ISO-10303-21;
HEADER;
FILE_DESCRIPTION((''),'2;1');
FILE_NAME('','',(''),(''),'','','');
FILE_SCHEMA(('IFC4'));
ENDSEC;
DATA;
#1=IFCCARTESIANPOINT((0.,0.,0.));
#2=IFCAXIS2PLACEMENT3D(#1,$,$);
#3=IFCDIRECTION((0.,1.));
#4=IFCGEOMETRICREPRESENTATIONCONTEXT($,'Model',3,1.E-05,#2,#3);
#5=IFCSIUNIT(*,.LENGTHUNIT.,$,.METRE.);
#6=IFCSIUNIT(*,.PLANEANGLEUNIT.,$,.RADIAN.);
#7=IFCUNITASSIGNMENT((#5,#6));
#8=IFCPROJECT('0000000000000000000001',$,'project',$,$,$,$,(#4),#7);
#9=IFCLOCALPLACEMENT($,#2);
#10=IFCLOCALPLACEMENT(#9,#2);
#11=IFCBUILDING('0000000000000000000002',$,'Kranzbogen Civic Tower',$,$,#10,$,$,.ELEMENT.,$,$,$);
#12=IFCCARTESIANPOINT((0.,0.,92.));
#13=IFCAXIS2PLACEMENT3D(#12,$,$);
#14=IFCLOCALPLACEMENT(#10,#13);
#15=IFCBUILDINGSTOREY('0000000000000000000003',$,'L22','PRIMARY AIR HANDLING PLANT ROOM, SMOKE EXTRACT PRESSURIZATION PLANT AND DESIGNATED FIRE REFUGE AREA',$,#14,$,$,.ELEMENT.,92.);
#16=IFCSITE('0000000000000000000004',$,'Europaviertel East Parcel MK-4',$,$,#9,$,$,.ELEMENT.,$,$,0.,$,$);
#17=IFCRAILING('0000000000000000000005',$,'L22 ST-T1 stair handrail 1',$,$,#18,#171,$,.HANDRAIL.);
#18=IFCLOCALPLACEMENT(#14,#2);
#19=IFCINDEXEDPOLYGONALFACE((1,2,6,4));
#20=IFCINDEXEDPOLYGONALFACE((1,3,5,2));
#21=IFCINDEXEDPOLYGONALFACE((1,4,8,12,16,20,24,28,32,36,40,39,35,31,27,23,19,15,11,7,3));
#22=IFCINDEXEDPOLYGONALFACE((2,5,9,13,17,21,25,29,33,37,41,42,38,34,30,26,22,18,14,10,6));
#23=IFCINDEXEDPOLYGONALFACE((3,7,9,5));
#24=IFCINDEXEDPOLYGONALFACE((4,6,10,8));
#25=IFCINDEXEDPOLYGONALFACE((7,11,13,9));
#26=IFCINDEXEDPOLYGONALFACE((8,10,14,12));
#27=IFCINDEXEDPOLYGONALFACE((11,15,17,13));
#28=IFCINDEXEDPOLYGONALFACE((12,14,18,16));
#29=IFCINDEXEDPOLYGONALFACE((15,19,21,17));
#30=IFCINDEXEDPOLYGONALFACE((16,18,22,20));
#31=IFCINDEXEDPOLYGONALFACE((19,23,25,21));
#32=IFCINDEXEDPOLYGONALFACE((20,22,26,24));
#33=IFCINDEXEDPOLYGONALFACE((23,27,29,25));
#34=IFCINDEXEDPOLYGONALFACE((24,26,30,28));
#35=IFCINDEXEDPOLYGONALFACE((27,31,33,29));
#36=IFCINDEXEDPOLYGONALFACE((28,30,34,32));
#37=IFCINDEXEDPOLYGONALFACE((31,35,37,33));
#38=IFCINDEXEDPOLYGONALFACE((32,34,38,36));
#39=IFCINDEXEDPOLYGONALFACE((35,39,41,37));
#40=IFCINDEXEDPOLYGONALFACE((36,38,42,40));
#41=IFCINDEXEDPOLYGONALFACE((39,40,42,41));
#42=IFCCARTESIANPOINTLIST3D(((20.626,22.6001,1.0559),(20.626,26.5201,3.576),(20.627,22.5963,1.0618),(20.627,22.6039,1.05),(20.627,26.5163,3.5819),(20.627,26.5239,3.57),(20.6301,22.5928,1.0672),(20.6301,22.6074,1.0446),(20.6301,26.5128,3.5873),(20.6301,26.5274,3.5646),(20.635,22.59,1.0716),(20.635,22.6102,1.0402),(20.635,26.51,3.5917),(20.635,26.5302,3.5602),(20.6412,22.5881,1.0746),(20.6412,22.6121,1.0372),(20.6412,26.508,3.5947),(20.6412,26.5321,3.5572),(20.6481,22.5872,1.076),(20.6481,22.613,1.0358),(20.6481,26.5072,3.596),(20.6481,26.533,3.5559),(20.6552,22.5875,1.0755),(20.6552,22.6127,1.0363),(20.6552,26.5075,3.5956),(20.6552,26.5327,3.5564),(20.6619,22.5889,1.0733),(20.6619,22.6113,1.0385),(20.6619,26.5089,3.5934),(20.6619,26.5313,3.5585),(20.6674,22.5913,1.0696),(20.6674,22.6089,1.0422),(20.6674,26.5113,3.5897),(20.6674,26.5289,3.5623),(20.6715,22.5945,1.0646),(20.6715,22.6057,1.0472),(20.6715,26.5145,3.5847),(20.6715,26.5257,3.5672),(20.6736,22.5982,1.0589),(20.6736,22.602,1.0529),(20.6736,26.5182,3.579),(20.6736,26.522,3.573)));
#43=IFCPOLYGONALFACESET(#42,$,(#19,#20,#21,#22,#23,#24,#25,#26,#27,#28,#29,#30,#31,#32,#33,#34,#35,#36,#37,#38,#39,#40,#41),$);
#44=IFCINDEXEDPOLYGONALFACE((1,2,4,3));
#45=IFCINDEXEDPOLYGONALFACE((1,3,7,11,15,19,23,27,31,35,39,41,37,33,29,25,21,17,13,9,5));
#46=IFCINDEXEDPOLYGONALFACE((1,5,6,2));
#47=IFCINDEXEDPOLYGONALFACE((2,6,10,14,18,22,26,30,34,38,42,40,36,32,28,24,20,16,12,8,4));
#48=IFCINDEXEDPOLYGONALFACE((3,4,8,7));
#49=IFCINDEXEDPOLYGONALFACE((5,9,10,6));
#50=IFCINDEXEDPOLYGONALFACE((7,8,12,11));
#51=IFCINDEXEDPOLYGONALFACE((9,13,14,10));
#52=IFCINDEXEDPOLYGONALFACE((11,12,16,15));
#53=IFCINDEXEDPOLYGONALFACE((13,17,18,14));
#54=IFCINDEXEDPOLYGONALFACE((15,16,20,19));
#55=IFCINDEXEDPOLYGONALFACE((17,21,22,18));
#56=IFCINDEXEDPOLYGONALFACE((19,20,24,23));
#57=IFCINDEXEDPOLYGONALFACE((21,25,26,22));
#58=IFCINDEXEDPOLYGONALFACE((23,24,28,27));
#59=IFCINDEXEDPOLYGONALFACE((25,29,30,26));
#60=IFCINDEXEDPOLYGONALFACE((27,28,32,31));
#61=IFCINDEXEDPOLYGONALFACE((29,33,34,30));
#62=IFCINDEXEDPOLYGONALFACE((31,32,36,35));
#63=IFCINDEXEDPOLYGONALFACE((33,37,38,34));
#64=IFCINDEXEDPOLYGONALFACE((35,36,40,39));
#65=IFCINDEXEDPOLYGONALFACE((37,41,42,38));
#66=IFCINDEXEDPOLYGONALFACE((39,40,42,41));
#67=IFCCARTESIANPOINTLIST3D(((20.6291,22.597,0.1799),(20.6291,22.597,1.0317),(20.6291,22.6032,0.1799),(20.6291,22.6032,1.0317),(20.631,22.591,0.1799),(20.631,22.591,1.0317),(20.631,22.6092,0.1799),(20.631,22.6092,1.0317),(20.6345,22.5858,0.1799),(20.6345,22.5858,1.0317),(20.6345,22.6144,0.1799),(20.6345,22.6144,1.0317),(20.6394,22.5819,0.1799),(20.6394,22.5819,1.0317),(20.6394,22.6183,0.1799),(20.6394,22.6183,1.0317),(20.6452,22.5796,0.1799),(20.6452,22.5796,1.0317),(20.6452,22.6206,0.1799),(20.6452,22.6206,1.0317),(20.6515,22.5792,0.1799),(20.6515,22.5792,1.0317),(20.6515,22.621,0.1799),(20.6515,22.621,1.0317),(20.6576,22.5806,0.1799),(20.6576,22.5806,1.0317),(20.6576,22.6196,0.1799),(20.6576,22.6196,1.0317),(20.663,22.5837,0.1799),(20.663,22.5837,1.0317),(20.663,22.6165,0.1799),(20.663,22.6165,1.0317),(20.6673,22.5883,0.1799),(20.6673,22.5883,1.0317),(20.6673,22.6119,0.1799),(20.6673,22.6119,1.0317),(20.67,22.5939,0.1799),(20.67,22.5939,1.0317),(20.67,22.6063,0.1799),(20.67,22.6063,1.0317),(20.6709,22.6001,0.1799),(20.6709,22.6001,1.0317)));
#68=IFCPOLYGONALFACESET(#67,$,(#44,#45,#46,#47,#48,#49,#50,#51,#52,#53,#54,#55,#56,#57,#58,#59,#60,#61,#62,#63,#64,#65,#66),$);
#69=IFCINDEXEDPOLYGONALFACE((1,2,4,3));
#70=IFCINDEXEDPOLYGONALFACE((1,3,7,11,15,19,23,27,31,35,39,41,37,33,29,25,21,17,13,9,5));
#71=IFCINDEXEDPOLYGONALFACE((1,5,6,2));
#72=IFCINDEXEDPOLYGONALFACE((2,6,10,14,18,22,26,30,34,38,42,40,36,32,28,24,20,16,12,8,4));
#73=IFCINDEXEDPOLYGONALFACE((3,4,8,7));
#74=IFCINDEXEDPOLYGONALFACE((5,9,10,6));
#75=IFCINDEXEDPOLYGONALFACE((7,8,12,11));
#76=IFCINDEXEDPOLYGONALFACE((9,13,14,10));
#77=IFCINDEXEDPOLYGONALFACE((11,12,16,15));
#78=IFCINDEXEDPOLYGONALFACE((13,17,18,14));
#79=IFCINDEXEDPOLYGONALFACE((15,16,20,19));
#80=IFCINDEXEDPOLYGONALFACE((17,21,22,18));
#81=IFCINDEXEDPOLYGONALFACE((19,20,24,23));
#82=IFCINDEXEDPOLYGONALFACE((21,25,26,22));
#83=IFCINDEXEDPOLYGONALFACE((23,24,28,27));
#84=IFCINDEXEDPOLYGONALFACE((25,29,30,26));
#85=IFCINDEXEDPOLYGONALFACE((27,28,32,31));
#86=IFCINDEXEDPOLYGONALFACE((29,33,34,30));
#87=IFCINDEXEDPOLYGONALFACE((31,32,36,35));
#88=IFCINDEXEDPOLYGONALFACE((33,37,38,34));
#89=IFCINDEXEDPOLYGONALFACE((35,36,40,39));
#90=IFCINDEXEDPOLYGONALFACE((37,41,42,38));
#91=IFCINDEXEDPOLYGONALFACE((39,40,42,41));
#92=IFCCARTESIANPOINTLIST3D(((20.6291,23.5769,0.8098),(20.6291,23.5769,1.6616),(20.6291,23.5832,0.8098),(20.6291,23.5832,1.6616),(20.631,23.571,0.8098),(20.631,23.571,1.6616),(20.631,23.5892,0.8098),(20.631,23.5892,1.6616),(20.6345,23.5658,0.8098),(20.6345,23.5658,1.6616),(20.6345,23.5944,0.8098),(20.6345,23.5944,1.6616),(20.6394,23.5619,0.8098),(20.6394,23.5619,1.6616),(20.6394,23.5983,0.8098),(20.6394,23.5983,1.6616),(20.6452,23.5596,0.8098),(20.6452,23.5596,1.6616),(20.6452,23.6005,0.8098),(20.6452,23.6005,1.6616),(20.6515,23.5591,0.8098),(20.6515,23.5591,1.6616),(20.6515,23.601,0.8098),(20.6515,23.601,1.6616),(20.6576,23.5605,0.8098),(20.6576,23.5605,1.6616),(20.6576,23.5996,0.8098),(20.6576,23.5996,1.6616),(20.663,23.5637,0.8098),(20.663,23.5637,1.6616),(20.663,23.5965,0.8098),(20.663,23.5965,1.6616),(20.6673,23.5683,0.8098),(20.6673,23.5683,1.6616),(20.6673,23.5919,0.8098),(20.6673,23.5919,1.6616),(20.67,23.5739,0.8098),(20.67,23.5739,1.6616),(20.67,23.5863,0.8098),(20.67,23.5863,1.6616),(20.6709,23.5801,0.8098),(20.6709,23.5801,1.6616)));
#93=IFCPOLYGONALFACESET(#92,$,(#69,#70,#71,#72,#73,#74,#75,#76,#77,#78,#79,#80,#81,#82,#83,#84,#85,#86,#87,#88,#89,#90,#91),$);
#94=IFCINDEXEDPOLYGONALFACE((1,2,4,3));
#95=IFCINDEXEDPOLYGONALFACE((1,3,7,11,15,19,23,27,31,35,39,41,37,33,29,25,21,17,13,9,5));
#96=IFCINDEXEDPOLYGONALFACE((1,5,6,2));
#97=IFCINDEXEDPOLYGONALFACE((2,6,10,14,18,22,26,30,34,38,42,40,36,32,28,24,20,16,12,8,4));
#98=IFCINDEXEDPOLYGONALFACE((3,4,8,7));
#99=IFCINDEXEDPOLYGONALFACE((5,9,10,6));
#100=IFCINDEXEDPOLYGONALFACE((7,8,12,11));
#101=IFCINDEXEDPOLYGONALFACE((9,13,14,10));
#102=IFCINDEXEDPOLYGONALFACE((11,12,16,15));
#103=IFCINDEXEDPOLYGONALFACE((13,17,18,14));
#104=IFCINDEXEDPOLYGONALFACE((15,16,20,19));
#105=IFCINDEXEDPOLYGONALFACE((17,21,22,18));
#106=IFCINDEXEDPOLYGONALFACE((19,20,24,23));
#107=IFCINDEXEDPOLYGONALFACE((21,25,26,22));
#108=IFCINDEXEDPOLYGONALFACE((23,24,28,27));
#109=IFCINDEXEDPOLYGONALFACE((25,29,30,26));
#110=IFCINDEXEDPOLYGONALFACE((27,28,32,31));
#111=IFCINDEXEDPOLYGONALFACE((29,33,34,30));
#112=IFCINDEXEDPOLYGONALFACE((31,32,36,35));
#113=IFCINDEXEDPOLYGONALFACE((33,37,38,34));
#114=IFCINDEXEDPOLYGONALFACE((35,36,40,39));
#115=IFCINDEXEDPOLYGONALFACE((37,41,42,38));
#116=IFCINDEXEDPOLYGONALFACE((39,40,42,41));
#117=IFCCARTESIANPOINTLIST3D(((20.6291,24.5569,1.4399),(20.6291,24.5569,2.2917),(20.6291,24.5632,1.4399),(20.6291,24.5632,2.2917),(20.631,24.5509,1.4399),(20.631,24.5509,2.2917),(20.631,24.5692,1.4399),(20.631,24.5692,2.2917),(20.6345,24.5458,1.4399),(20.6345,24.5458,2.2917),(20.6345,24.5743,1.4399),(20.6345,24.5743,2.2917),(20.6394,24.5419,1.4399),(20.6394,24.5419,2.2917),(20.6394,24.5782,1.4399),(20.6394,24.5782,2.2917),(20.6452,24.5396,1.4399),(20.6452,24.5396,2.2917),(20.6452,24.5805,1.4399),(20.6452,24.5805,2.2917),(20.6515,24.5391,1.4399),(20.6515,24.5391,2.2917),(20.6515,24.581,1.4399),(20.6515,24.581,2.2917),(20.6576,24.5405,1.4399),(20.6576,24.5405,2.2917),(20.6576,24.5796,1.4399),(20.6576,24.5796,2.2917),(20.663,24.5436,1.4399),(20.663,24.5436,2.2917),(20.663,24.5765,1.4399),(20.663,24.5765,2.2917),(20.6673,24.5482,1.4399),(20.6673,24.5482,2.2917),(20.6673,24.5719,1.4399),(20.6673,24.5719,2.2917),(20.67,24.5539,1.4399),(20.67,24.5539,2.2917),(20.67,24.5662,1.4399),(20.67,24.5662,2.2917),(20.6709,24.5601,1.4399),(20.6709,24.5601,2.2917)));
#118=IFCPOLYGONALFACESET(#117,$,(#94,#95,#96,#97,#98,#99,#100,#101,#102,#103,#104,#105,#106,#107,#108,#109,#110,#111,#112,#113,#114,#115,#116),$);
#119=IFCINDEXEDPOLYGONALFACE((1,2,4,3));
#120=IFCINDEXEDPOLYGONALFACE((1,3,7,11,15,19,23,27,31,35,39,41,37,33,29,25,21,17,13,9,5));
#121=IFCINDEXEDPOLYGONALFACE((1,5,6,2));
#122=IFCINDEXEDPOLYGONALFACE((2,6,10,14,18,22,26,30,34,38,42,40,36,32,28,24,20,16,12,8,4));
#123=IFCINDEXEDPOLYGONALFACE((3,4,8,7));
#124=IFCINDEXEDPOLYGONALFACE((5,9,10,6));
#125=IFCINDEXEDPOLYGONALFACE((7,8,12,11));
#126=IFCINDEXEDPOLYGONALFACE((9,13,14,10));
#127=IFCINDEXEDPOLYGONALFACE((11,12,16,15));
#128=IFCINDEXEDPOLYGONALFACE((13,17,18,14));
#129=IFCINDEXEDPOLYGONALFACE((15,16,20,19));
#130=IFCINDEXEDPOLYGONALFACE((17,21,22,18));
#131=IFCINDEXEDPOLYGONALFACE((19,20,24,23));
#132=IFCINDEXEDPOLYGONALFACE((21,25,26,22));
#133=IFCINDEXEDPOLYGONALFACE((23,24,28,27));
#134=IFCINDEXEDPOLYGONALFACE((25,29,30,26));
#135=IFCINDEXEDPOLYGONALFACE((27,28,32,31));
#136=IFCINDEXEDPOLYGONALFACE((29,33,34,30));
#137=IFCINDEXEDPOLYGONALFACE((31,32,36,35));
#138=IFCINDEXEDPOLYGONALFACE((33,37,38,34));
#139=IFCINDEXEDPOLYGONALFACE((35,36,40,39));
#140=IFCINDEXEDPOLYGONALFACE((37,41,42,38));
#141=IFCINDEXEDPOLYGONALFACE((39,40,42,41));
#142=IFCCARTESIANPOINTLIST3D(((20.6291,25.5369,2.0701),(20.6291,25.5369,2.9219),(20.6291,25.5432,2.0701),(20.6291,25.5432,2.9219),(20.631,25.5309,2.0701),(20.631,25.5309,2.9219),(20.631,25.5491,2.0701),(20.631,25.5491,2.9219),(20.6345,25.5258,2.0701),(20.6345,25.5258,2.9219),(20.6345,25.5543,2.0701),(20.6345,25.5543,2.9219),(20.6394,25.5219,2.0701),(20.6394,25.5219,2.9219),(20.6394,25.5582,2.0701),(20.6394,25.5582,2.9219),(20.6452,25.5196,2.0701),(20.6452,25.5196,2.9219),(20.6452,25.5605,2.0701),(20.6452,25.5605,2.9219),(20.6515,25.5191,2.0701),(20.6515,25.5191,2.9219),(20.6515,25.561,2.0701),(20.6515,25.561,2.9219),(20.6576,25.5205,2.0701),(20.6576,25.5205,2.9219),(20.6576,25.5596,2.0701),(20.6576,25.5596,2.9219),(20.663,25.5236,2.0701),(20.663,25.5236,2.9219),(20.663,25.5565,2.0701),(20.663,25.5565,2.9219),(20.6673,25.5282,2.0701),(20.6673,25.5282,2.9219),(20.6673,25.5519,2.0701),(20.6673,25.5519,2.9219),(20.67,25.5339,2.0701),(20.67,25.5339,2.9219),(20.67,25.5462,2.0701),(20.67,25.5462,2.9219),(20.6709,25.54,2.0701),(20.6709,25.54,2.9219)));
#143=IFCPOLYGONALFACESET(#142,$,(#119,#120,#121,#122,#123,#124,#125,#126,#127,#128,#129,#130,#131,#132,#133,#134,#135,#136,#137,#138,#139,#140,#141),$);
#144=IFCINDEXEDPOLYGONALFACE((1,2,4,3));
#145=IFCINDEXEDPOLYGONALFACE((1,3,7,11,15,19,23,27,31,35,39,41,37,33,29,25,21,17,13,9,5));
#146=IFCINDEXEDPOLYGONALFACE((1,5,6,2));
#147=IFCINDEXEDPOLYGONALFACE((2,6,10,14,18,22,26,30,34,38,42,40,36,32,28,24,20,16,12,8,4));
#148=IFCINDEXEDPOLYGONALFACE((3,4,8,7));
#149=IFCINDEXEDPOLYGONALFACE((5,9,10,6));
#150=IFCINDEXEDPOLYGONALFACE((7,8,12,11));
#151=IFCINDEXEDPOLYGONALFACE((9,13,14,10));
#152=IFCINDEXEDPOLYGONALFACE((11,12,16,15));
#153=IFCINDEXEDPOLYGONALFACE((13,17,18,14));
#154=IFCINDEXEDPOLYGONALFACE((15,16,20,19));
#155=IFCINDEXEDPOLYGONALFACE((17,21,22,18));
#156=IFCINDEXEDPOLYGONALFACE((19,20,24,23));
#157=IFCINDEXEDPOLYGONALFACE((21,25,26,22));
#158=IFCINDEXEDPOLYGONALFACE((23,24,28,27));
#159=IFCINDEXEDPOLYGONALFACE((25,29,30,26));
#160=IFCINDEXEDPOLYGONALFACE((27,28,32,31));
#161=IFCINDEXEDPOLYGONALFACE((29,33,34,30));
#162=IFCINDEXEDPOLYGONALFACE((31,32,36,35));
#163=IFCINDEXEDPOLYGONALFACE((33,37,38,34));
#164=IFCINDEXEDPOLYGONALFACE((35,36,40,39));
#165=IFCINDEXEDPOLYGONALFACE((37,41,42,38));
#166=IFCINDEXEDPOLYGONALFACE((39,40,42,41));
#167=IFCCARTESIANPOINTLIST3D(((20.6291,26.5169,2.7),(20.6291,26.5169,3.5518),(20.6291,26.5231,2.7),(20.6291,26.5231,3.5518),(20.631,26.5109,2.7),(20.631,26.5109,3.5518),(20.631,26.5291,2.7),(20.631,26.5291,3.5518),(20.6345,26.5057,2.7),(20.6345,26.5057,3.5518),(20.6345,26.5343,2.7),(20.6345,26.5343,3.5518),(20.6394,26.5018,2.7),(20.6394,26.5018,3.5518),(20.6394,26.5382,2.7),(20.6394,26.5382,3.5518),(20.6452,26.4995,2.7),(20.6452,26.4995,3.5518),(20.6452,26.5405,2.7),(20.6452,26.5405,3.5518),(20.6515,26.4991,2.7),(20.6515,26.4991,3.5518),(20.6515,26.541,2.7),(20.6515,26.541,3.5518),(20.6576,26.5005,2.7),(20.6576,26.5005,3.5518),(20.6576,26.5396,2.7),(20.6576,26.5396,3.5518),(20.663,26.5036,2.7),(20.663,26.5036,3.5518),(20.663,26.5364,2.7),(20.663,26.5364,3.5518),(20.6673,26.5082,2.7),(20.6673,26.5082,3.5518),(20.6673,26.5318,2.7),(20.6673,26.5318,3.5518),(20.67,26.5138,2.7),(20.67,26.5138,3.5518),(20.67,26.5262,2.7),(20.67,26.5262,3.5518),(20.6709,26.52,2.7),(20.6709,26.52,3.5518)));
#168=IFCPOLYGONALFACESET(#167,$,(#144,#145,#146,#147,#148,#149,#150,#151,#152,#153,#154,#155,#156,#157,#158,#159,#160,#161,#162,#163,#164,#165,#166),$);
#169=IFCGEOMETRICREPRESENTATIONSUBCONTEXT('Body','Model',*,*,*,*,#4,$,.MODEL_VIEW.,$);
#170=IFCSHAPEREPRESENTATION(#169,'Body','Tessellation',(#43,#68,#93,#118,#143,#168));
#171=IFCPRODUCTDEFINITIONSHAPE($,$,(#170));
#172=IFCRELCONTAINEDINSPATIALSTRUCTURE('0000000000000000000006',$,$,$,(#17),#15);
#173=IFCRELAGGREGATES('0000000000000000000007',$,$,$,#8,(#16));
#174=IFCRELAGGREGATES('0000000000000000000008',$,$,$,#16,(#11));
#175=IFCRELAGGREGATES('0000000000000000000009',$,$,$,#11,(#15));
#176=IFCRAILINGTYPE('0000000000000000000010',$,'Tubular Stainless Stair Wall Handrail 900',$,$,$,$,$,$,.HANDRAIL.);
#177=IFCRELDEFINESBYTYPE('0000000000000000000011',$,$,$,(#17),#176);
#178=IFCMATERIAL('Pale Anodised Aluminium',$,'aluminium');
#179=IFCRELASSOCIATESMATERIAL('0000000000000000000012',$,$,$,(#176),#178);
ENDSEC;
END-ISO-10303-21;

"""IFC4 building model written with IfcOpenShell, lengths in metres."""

from ifc_helpers import new_model, si_unit, direction, frame, origin, origin_2d, place, context, subcontext, project, spatial, circle, extrude, material, type_object, element, save


model = new_model("IFC4")

# Units and contexts
model_context = context("Model", 3, precision=1e-05, world=origin(), true_north=direction((0.0, 1.0)))
body_context = subcontext(model_context, "Body", "Model", "MODEL_VIEW")
ifc_project = project(units=[si_unit("LENGTHUNIT", "METRE"), si_unit("PLANEANGLEUNIT", "RADIAN")], contexts=[model_context])

# Site, building, storey
site_placement = place(None, origin())
site = spatial("IfcSite", under=ifc_project, at=site_placement, Name="Europaviertel East Parcel MK-4", CompositionType="ELEMENT", RefElevation=0.0)
building_placement = place(site_placement, origin())
building = spatial("IfcBuilding", under=site, at=building_placement, Name="Kranzbogen Civic Tower", CompositionType="ELEMENT")
storey_placement = place(building_placement, frame((0.0, 0.0, 92.0)))
storey = spatial("IfcBuildingStorey", under=building, at=storey_placement, Name="L22", Description="PRIMARY AIR HANDLING PLANT ROOM, SMOKE EXTRACT PRESSURIZATION PLANT AND DESIGNATED FIRE REFUGE AREA", CompositionType="ELEMENT", Elevation=92.0)

# Shared definitions
ifc_material_1 = material(Name="Pale Anodised Aluminium", Category="aluminium")

# Railing
railing_type_1 = type_object("IfcRailingType", Name="Tubular Stainless Stair Wall Handrail 900", PredefinedType="HANDRAIL", material=ifc_material_1)
railing_1_placement = place(storey_placement, frame((20.6499, 22.6001, 0.1799)))
element("IfcRailing", 1, at=railing_1_placement, inside=storey, type_object=railing_type_1, Name="L22 ST-T1 stair handrail 1", PredefinedType="HANDRAIL", context=body_context, shape_type="SweptSolid", body=[
    extrude(circle(Radius=0.0239, at=origin_2d()), frame((0.0, 0.0, 0.876), z_axis=(0.0, 0.841172, 0.540768), x_axis=(-1.0, 0.0, 0.0)), (0.0, 0.0, 1.0), 4.6602),
    extrude(circle(Radius=0.021, at=origin_2d()), origin(), (0.0, 0.0, 1.0), 0.8518),
    extrude(circle(Radius=0.021, at=origin_2d()), frame((0.0, 0.98, 0.6299)), (0.0, 0.0, 1.0), 0.8518),
    extrude(circle(Radius=0.021, at=origin_2d()), frame((0.0, 1.96, 1.26)), (0.0, 0.0, 1.0), 0.8518),
    extrude(circle(Radius=0.021, at=origin_2d()), frame((0.0, 2.9399, 1.8901)), (0.0, 0.0, 1.0), 0.8518),
    extrude(circle(Radius=0.021, at=origin_2d()), frame((0.0, 3.9199, 2.52)), (0.0, 0.0, 1.0), 0.8518),
])

save(model, "model.ifc")
